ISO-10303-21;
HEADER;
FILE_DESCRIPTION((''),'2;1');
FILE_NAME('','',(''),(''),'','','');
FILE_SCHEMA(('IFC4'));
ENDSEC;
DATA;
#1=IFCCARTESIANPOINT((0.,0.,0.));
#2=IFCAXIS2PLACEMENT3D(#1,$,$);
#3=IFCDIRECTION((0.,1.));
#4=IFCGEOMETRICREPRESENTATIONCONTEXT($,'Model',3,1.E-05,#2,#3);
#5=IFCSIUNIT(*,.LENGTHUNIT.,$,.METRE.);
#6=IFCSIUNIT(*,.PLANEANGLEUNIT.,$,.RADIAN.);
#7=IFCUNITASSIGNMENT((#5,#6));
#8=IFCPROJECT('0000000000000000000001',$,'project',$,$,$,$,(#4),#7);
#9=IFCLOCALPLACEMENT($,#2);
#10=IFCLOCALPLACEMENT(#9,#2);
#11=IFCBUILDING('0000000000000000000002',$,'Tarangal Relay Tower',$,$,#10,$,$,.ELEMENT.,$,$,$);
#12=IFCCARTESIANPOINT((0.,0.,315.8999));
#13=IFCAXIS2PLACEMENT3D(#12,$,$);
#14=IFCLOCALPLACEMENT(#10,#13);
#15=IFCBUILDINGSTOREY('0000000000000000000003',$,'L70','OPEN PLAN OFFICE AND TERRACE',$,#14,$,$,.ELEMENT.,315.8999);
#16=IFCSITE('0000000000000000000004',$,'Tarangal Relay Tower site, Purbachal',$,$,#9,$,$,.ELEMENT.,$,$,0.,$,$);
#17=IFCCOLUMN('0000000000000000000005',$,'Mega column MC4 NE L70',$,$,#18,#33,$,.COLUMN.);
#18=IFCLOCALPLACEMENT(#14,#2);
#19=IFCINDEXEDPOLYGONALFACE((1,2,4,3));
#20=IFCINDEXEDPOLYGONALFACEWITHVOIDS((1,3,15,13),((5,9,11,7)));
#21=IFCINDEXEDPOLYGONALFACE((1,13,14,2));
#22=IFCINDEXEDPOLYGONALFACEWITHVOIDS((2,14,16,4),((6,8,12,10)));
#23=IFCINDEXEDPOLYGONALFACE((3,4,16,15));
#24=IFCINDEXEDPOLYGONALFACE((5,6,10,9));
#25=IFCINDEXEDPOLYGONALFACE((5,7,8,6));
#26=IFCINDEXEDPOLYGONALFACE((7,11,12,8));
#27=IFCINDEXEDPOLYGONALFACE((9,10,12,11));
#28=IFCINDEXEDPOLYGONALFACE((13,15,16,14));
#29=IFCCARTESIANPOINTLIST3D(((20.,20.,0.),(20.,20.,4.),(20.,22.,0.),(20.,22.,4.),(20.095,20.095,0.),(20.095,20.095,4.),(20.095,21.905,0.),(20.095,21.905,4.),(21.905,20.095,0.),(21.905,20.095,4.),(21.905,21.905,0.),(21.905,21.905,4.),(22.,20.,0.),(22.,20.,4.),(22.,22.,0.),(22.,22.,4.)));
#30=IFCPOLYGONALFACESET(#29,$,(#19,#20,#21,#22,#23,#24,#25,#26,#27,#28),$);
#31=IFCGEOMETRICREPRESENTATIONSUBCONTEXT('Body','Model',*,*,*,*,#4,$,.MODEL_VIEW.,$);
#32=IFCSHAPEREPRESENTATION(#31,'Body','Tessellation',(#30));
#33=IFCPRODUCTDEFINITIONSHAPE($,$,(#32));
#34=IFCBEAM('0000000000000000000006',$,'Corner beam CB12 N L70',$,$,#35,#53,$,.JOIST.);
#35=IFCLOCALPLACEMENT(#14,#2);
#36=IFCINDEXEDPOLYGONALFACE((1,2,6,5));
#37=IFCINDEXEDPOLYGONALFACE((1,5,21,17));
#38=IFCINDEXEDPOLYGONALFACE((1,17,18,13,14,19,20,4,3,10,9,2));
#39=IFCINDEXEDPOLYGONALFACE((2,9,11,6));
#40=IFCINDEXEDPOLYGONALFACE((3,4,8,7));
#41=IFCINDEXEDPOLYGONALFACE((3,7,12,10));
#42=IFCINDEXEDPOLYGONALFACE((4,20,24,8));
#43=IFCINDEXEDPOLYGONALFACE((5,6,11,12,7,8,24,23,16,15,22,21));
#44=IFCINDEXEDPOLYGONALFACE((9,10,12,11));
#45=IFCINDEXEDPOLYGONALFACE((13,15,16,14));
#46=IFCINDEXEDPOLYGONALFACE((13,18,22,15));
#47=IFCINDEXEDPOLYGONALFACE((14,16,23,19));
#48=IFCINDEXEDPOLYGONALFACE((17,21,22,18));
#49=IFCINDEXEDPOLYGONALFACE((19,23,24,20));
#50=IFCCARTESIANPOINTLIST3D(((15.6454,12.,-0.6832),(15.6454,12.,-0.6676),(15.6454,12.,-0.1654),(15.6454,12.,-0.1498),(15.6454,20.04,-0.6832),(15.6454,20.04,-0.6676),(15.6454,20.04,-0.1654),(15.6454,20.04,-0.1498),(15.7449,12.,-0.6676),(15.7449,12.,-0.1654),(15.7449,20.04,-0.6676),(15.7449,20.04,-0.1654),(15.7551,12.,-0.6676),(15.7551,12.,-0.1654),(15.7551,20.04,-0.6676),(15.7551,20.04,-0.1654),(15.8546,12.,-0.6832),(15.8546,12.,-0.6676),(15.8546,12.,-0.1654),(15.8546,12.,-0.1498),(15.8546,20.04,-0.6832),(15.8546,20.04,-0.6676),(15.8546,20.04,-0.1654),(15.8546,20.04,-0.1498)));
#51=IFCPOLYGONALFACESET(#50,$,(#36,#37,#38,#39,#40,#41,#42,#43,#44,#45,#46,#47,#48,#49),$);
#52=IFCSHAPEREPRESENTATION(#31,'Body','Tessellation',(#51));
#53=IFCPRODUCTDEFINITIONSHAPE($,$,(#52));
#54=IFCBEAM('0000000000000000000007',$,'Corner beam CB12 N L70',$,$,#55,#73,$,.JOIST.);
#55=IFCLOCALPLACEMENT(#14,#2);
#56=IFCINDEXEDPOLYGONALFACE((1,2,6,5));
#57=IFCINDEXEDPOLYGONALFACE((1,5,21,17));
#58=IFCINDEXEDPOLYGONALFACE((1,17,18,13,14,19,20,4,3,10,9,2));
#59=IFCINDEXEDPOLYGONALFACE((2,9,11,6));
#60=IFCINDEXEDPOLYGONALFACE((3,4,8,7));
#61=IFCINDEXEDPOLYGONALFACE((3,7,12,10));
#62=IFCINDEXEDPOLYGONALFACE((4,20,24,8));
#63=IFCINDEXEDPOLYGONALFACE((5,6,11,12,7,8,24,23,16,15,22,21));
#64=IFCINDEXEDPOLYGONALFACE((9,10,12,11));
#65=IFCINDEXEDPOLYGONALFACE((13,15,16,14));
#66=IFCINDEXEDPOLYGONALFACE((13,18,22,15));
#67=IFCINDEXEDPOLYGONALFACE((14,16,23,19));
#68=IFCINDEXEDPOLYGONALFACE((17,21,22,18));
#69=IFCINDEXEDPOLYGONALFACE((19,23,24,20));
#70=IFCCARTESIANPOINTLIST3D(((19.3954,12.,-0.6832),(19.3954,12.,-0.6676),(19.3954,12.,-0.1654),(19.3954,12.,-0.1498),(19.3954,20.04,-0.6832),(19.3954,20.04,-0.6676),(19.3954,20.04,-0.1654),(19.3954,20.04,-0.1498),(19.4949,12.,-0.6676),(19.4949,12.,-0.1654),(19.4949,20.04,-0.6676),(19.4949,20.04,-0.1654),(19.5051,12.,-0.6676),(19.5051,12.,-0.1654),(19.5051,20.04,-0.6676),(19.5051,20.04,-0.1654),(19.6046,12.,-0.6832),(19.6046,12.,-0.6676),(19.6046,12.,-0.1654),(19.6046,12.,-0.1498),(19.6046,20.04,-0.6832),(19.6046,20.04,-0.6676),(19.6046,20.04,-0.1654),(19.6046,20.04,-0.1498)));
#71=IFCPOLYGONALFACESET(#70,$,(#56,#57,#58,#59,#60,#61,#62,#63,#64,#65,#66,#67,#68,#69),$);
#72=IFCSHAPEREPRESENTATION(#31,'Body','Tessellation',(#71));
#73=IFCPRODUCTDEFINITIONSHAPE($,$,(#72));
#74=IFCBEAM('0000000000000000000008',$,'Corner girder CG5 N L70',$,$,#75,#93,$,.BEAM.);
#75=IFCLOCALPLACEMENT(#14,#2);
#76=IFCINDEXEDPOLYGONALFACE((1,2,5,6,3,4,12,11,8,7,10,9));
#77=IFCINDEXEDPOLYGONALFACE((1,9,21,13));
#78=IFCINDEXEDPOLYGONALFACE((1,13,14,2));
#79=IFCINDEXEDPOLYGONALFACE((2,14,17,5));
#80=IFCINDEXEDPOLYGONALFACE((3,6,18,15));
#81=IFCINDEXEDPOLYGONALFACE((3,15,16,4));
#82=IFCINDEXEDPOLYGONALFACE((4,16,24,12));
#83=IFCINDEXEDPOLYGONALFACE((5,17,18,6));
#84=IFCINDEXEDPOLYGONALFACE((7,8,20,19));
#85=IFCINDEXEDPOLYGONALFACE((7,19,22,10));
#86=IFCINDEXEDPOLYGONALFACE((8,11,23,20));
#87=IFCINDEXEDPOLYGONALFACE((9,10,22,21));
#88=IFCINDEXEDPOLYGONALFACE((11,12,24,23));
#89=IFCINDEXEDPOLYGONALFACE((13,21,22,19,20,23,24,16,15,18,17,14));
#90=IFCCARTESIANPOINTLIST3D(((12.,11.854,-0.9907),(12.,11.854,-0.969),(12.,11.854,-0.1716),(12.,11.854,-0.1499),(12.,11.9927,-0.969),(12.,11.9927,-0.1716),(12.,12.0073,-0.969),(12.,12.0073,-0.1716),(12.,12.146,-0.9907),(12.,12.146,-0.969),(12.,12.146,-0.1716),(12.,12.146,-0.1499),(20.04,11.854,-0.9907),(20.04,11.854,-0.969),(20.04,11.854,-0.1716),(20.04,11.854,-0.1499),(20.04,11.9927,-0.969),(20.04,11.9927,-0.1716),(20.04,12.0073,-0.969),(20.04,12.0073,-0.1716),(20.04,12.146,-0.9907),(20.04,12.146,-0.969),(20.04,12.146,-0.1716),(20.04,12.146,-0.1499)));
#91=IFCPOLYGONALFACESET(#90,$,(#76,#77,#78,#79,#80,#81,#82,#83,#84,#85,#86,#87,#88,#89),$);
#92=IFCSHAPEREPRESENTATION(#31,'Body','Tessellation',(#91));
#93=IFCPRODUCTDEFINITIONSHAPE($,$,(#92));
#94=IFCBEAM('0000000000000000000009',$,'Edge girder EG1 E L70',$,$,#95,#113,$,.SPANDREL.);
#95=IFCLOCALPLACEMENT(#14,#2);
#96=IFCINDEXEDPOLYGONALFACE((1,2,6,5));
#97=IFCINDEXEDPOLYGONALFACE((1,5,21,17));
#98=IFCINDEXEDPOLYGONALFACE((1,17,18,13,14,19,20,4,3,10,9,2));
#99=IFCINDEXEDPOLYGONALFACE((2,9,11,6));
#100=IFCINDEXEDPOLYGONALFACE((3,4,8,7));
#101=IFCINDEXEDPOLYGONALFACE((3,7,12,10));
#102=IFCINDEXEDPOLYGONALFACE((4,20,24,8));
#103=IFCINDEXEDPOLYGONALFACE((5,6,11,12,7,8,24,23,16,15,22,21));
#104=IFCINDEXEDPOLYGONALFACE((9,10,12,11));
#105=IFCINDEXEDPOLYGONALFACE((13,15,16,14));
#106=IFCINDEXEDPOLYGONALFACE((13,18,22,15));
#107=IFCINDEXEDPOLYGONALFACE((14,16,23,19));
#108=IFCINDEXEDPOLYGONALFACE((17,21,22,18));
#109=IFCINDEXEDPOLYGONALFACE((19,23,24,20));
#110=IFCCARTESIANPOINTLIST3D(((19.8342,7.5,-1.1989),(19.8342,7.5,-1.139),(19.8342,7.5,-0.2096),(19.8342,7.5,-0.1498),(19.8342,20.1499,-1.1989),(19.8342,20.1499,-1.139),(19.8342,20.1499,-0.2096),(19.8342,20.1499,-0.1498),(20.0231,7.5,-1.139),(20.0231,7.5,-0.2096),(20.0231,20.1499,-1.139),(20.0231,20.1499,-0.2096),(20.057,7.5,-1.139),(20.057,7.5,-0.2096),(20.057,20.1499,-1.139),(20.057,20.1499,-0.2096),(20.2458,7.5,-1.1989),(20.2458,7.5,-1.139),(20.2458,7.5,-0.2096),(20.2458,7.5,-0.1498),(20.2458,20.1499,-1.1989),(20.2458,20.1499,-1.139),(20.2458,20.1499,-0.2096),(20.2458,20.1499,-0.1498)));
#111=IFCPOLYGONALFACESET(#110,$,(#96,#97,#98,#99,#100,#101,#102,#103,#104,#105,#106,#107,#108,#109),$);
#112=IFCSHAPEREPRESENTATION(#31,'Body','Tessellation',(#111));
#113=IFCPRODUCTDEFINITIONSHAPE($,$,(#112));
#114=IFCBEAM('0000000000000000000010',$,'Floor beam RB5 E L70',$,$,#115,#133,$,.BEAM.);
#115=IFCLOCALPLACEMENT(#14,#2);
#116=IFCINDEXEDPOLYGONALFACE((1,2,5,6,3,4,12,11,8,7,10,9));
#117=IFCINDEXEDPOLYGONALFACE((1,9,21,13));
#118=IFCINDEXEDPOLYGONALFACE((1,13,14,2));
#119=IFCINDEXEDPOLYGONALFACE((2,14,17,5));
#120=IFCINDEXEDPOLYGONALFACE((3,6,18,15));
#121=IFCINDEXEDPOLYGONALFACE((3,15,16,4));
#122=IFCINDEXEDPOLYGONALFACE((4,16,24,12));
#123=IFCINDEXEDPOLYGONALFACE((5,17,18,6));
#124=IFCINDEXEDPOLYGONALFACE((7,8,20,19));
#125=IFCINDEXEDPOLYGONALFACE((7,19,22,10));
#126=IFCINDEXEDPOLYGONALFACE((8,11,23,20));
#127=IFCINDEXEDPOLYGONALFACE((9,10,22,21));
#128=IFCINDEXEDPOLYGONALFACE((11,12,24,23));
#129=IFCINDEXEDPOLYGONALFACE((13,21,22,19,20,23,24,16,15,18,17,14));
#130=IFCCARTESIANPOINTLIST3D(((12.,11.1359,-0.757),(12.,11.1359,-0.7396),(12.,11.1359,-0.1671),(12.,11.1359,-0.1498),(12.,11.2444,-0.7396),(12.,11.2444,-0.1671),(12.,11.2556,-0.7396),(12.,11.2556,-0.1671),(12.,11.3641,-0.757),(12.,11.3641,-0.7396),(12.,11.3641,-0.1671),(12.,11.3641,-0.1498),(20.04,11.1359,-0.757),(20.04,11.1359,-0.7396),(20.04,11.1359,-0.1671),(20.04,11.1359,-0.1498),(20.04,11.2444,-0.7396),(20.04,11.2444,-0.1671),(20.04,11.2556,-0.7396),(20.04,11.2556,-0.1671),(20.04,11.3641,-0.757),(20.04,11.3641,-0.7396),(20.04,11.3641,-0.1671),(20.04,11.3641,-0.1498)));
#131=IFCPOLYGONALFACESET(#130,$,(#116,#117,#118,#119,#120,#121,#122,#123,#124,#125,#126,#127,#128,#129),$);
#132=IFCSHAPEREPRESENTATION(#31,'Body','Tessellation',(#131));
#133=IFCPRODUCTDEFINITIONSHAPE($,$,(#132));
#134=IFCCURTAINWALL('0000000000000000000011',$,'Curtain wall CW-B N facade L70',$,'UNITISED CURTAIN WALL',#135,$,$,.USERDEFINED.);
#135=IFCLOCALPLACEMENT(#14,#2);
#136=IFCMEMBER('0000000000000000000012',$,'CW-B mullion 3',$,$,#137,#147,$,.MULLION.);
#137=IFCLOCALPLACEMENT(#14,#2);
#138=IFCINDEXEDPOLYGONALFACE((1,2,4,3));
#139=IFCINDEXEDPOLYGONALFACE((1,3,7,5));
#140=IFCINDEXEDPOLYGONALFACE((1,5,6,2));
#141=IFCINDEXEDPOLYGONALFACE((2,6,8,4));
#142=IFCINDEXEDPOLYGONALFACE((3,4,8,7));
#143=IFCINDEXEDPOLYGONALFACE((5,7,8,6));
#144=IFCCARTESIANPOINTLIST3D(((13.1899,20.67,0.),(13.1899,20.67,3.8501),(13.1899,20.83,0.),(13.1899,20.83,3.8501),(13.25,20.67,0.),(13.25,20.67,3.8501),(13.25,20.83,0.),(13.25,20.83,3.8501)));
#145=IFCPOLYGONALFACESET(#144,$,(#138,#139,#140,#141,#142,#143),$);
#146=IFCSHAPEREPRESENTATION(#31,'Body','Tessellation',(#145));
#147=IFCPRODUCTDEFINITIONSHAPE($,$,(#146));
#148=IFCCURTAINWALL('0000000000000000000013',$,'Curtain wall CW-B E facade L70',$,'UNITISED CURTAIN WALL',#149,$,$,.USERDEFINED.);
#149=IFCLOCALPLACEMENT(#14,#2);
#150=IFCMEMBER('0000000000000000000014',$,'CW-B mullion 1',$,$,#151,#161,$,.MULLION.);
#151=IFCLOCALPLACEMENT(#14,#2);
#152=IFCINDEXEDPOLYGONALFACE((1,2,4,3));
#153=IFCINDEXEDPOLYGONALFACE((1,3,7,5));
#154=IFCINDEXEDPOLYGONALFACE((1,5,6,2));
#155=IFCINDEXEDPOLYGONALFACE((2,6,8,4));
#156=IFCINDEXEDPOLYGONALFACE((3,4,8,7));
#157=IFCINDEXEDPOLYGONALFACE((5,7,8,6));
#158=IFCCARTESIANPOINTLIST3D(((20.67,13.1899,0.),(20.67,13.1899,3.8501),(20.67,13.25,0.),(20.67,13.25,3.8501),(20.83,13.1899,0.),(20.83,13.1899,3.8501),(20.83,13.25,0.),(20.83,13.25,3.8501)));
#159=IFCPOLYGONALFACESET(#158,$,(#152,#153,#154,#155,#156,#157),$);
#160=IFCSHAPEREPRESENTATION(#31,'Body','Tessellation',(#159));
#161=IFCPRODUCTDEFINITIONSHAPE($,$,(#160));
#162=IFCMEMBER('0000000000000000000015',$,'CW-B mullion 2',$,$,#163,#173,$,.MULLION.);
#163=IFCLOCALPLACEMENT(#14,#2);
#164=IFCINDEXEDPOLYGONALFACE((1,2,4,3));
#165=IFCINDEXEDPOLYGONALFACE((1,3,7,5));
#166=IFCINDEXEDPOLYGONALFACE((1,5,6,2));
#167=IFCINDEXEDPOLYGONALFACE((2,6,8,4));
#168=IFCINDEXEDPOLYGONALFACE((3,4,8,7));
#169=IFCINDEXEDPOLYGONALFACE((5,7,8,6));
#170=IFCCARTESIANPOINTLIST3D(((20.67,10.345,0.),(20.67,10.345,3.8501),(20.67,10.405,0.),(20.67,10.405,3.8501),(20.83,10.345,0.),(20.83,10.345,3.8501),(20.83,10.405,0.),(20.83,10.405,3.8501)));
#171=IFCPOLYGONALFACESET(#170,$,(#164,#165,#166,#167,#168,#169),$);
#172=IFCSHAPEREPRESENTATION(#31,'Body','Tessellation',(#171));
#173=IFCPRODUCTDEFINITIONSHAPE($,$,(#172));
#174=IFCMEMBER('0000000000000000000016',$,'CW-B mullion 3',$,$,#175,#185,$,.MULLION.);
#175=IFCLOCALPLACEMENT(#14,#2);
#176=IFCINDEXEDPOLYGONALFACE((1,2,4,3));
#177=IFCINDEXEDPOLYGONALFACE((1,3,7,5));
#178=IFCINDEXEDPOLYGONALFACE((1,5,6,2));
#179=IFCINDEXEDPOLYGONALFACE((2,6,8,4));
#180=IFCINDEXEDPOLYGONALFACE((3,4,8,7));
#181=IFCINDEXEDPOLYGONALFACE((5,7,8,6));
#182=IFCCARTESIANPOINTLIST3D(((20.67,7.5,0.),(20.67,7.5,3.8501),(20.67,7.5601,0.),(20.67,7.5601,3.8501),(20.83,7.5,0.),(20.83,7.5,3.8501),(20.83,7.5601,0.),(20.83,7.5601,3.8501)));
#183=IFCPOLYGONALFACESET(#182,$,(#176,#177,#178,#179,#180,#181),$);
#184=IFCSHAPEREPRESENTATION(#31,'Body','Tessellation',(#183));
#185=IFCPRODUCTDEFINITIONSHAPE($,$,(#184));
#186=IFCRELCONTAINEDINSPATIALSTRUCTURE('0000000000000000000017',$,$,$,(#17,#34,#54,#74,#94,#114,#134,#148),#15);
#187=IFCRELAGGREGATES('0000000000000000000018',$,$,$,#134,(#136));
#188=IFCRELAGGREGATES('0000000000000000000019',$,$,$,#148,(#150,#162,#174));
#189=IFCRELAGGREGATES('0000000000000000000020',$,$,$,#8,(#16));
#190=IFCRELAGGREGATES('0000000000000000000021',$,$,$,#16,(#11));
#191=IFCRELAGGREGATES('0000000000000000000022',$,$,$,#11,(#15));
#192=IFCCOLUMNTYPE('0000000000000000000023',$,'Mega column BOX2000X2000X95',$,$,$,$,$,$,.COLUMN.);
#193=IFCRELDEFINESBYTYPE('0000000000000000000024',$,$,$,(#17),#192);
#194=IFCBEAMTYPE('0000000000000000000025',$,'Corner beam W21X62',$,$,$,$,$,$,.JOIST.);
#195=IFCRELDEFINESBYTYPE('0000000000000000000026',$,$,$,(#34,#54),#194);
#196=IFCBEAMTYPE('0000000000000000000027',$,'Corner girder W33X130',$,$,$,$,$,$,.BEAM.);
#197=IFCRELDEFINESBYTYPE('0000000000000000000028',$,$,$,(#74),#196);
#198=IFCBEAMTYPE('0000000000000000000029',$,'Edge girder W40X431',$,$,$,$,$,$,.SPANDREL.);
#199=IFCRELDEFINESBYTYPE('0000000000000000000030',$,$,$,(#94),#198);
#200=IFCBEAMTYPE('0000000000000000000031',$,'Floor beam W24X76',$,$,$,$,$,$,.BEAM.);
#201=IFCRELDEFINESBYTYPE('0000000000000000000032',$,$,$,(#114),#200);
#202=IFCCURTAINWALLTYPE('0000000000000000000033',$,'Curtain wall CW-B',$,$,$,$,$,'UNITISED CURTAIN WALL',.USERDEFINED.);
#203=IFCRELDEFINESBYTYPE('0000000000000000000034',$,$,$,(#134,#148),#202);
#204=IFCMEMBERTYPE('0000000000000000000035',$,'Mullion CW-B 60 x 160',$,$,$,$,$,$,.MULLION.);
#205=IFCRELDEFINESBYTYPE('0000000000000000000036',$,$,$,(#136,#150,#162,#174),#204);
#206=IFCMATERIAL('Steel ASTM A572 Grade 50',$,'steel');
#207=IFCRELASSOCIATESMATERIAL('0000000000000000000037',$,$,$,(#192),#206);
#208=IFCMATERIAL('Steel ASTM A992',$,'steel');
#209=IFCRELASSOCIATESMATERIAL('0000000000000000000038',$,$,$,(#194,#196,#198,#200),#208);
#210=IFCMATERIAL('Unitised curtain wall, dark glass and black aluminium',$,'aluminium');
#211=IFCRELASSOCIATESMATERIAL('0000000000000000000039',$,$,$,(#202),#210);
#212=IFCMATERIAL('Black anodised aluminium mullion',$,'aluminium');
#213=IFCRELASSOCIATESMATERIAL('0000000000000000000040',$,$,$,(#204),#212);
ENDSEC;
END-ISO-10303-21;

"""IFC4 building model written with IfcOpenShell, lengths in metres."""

from ifc_helpers import new_model, si_unit, direction, frame, origin, origin_2d, place, context, subcontext, project, spatial, rectangle, hollow_rectangle, i_section, extrude, material, material_profile, profile_set, type_object, element, aggregate, save


model = new_model("IFC4")

# Units and contexts
model_context = context("Model", 3, precision=1e-05, world=origin(), true_north=direction((0.0, 1.0)))
body_context = subcontext(model_context, "Body", "Model", "MODEL_VIEW")
ifc_project = project(units=[si_unit("LENGTHUNIT", "METRE"), si_unit("PLANEANGLEUNIT", "RADIAN")], contexts=[model_context])

# Site, building, storey
site_placement = place(None, origin())
site = spatial("IfcSite", under=ifc_project, at=site_placement, Name="Tarangal Relay Tower site, Purbachal", CompositionType="ELEMENT", RefElevation=0.0)
building_placement = place(site_placement, origin())
building = spatial("IfcBuilding", under=site, at=building_placement, Name="Tarangal Relay Tower", CompositionType="ELEMENT")
storey_placement = place(building_placement, frame((0.0, 0.0, 315.8999)))
storey = spatial("IfcBuildingStorey", under=building, at=storey_placement, Name="L70", Description="OPEN PLAN OFFICE AND TERRACE", CompositionType="ELEMENT", Elevation=315.8999)

# Column
ifc_material_1 = material(Name="Steel ASTM A572 Grade 50", Category="steel")
ifc_material_profile_1 = material_profile(ifc_material_1, hollow_rectangle(XDim=2.0, YDim=2.0, WallThickness=0.095, at=origin_2d()), Name="BOX2000X2000X95")
ifc_profile_set_1 = profile_set([ifc_material_profile_1], Name="Steel ASTM A572 Grade 50")
column_type = type_object("IfcColumnType", Name="Mega column BOX2000X2000X95", PredefinedType="COLUMN", material=ifc_profile_set_1)
column_placement = place(storey_placement, frame((21.0, 21.0, 0.0), z_axis=(0.0, 0.0, 1.0), x_axis=(1.0, 0.0, 0.0)))
element("IfcColumn", 1, at=column_placement, inside=storey, type_object=column_type, Name="Mega column MC4 NE L70", PredefinedType="COLUMN", context=body_context, shape_type="SweptSolid", body=[
    extrude(hollow_rectangle(XDim=2.0, YDim=2.0, WallThickness=0.095, at=origin_2d()), origin(), (0.0, 0.0, 1.0), 4.0),
])

# Beams
ifc_material_2 = material(Name="Steel ASTM A992", Category="steel")
ifc_material_profile_2 = material_profile(ifc_material_2, i_section(OverallWidth=0.2092, OverallDepth=0.5334, WebThickness=0.0103, FlangeThickness=0.0156, at=origin_2d()), Name="W21X62")
ifc_profile_set_2 = profile_set([ifc_material_profile_2], Name="Steel ASTM A992")
beam_type_1 = type_object("IfcBeamType", Name="Corner beam W21X62", PredefinedType="JOIST", material=ifc_profile_set_2)
for number, where, z_axis, x_axis, name in (
    (2, (15.75, 12.0, -0.4165), (0.0, 1.0, 0.0), (-1.0, 0.0, 0.0), "Corner beam CB12 N L70"),
    (3, (19.5, 12.0, -0.4165), (0.0, 1.0, 0.0), (-1.0, 0.0, 0.0), "Corner beam CB12 N L70"),
):
    element("IfcBeam", number, at=place(storey_placement, frame(where, z_axis=z_axis, x_axis=x_axis)), inside=storey, type_object=beam_type_1, Name=name, PredefinedType="JOIST", context=body_context, shape_type="SweptSolid", body=[
        extrude(i_section(OverallWidth=0.2092, OverallDepth=0.5334, WebThickness=0.0103, FlangeThickness=0.0156, at=origin_2d()), origin(), (0.0, 0.0, 1.0), 8.04),
    ])
ifc_material_profile_3 = material_profile(ifc_material_2, i_section(OverallWidth=0.292, OverallDepth=0.8408, WebThickness=0.0146, FlangeThickness=0.0217, at=origin_2d()), Name="W33X130")
ifc_profile_set_3 = profile_set([ifc_material_profile_3], Name="Steel ASTM A992")
beam_type_2 = type_object("IfcBeamType", Name="Corner girder W33X130", PredefinedType="BEAM", material=ifc_profile_set_3)
beam_1_placement = place(storey_placement, frame((12.0, 12.0, -0.5703), z_axis=(1.0, 0.0, 0.0), x_axis=(0.0, 1.0, 0.0)))
element("IfcBeam", 4, at=beam_1_placement, inside=storey, type_object=beam_type_2, Name="Corner girder CG5 N L70", PredefinedType="BEAM", context=body_context, shape_type="SweptSolid", body=[
    extrude(i_section(OverallWidth=0.292, OverallDepth=0.8408, WebThickness=0.0146, FlangeThickness=0.0217, at=origin_2d()), origin(), (0.0, 0.0, 1.0), 8.04),
])
ifc_material_profile_4 = material_profile(ifc_material_2, i_section(OverallWidth=0.4116, OverallDepth=1.0491, WebThickness=0.0339, FlangeThickness=0.0598, at=origin_2d()), Name="W40X431")
ifc_profile_set_4 = profile_set([ifc_material_profile_4], Name="Steel ASTM A992")
beam_type_3 = type_object("IfcBeamType", Name="Edge girder W40X431", PredefinedType="SPANDREL", material=ifc_profile_set_4)
beam_2_placement = place(storey_placement, frame((20.04, 20.1499, -0.6743), z_axis=(0.0, -1.0, 0.0), x_axis=(1.0, 0.0, 0.0)))
element("IfcBeam", 5, at=beam_2_placement, inside=storey, type_object=beam_type_3, Name="Edge girder EG1 E L70", PredefinedType="SPANDREL", context=body_context, shape_type="SweptSolid", body=[
    extrude(i_section(OverallWidth=0.4116, OverallDepth=1.0491, WebThickness=0.0339, FlangeThickness=0.0598, at=origin_2d()), origin(), (0.0, 0.0, 1.0), 12.6499),
])
ifc_material_profile_5 = material_profile(ifc_material_2, i_section(OverallWidth=0.2283, OverallDepth=0.6072, WebThickness=0.0112, FlangeThickness=0.0173, at=origin_2d()), Name="W24X76")
ifc_profile_set_5 = profile_set([ifc_material_profile_5], Name="Steel ASTM A992")
beam_type_4 = type_object("IfcBeamType", Name="Floor beam W24X76", PredefinedType="BEAM", material=ifc_profile_set_5)
beam_3_placement = place(storey_placement, frame((12.0, 11.25, -0.4534), z_axis=(1.0, 0.0, 0.0), x_axis=(0.0, 1.0, 0.0)))
element("IfcBeam", 6, at=beam_3_placement, inside=storey, type_object=beam_type_4, Name="Floor beam RB5 E L70", PredefinedType="BEAM", context=body_context, shape_type="SweptSolid", body=[
    extrude(i_section(OverallWidth=0.2283, OverallDepth=0.6072, WebThickness=0.0112, FlangeThickness=0.0173, at=origin_2d()), origin(), (0.0, 0.0, 1.0), 8.04),
])

# Curtain wall, member
ifc_material_3 = material(Name="Unitised curtain wall, dark glass and black aluminium", Category="aluminium")
curtain_wall_type = type_object("IfcCurtainWallType", Name="Curtain wall CW-B", ElementType="UNITISED CURTAIN WALL", PredefinedType="USERDEFINED", material=ifc_material_3)
curtain_wall_1_placement = place(storey_placement, origin())
curtain_wall_1 = element("IfcCurtainWall", 7, at=curtain_wall_1_placement, inside=storey, type_object=curtain_wall_type, Name="Curtain wall CW-B N facade L70", ObjectType="UNITISED CURTAIN WALL", PredefinedType="USERDEFINED")
ifc_material_4 = material(Name="Black anodised aluminium mullion", Category="aluminium")
ifc_material_profile_6 = material_profile(ifc_material_4, rectangle(XDim=0.1599, YDim=0.0601, at=origin_2d()), Name="CW-BM 60X160")
ifc_profile_set_6 = profile_set([ifc_material_profile_6], Name="Black anodised aluminium mullion")
member_type_1 = type_object("IfcMemberType", Name="Mullion CW-B 60 x 160", PredefinedType="MULLION", material=ifc_profile_set_6)
member_1_placement = place(storey_placement, frame((13.22, 20.75, 0.0), z_axis=(0.0, 0.0, 1.0), x_axis=(0.0, 1.0, 0.0)))
member_1 = element("IfcMember", 8, at=member_1_placement, type_object=member_type_1, Name="CW-B mullion 3", PredefinedType="MULLION", context=body_context, shape_type="SweptSolid", body=[
    extrude(rectangle(XDim=0.1599, YDim=0.0601, at=origin_2d()), origin(), (0.0, 0.0, 1.0), 3.8501),
])

# Curtain wall, members
curtain_wall_2_placement = place(storey_placement, origin())
curtain_wall_2 = element("IfcCurtainWall", 9, at=curtain_wall_2_placement, inside=storey, type_object=curtain_wall_type, Name="Curtain wall CW-B E facade L70", ObjectType="UNITISED CURTAIN WALL", PredefinedType="USERDEFINED")
member_2_placement = place(storey_placement, frame((20.75, 13.22, 0.0), z_axis=(0.0, 0.0, 1.0), x_axis=(1.0, 0.0, 0.0)))
member_2 = element("IfcMember", 10, at=member_2_placement, type_object=member_type_1, Name="CW-B mullion 1", PredefinedType="MULLION", context=body_context, shape_type="SweptSolid", body=[
    extrude(rectangle(XDim=0.1599, YDim=0.0601, at=origin_2d()), origin(), (0.0, 0.0, 1.0), 3.8501),
])
member_3_placement = place(storey_placement, frame((20.75, 10.375, 0.0), z_axis=(0.0, 0.0, 1.0), x_axis=(1.0, 0.0, 0.0)))
member_3 = element("IfcMember", 11, at=member_3_placement, type_object=member_type_1, Name="CW-B mullion 2", PredefinedType="MULLION", context=body_context, shape_type="SweptSolid", body=[
    extrude(rectangle(XDim=0.1599, YDim=0.0601, at=origin_2d()), origin(), (0.0, 0.0, 1.0), 3.8501),
])
member_4_placement = place(storey_placement, frame((20.75, 7.53, 0.0), z_axis=(0.0, 0.0, 1.0), x_axis=(1.0, 0.0, 0.0)))
member_4 = element("IfcMember", 12, at=member_4_placement, type_object=member_type_1, Name="CW-B mullion 3", PredefinedType="MULLION", context=body_context, shape_type="SweptSolid", body=[
    extrude(rectangle(XDim=0.1599, YDim=0.0601, at=origin_2d()), origin(), (0.0, 0.0, 1.0), 3.8501),
])

aggregate(curtain_wall_1, [member_1])
aggregate(curtain_wall_2, [member_2, member_3, member_4])

save(model, "model.ifc")
